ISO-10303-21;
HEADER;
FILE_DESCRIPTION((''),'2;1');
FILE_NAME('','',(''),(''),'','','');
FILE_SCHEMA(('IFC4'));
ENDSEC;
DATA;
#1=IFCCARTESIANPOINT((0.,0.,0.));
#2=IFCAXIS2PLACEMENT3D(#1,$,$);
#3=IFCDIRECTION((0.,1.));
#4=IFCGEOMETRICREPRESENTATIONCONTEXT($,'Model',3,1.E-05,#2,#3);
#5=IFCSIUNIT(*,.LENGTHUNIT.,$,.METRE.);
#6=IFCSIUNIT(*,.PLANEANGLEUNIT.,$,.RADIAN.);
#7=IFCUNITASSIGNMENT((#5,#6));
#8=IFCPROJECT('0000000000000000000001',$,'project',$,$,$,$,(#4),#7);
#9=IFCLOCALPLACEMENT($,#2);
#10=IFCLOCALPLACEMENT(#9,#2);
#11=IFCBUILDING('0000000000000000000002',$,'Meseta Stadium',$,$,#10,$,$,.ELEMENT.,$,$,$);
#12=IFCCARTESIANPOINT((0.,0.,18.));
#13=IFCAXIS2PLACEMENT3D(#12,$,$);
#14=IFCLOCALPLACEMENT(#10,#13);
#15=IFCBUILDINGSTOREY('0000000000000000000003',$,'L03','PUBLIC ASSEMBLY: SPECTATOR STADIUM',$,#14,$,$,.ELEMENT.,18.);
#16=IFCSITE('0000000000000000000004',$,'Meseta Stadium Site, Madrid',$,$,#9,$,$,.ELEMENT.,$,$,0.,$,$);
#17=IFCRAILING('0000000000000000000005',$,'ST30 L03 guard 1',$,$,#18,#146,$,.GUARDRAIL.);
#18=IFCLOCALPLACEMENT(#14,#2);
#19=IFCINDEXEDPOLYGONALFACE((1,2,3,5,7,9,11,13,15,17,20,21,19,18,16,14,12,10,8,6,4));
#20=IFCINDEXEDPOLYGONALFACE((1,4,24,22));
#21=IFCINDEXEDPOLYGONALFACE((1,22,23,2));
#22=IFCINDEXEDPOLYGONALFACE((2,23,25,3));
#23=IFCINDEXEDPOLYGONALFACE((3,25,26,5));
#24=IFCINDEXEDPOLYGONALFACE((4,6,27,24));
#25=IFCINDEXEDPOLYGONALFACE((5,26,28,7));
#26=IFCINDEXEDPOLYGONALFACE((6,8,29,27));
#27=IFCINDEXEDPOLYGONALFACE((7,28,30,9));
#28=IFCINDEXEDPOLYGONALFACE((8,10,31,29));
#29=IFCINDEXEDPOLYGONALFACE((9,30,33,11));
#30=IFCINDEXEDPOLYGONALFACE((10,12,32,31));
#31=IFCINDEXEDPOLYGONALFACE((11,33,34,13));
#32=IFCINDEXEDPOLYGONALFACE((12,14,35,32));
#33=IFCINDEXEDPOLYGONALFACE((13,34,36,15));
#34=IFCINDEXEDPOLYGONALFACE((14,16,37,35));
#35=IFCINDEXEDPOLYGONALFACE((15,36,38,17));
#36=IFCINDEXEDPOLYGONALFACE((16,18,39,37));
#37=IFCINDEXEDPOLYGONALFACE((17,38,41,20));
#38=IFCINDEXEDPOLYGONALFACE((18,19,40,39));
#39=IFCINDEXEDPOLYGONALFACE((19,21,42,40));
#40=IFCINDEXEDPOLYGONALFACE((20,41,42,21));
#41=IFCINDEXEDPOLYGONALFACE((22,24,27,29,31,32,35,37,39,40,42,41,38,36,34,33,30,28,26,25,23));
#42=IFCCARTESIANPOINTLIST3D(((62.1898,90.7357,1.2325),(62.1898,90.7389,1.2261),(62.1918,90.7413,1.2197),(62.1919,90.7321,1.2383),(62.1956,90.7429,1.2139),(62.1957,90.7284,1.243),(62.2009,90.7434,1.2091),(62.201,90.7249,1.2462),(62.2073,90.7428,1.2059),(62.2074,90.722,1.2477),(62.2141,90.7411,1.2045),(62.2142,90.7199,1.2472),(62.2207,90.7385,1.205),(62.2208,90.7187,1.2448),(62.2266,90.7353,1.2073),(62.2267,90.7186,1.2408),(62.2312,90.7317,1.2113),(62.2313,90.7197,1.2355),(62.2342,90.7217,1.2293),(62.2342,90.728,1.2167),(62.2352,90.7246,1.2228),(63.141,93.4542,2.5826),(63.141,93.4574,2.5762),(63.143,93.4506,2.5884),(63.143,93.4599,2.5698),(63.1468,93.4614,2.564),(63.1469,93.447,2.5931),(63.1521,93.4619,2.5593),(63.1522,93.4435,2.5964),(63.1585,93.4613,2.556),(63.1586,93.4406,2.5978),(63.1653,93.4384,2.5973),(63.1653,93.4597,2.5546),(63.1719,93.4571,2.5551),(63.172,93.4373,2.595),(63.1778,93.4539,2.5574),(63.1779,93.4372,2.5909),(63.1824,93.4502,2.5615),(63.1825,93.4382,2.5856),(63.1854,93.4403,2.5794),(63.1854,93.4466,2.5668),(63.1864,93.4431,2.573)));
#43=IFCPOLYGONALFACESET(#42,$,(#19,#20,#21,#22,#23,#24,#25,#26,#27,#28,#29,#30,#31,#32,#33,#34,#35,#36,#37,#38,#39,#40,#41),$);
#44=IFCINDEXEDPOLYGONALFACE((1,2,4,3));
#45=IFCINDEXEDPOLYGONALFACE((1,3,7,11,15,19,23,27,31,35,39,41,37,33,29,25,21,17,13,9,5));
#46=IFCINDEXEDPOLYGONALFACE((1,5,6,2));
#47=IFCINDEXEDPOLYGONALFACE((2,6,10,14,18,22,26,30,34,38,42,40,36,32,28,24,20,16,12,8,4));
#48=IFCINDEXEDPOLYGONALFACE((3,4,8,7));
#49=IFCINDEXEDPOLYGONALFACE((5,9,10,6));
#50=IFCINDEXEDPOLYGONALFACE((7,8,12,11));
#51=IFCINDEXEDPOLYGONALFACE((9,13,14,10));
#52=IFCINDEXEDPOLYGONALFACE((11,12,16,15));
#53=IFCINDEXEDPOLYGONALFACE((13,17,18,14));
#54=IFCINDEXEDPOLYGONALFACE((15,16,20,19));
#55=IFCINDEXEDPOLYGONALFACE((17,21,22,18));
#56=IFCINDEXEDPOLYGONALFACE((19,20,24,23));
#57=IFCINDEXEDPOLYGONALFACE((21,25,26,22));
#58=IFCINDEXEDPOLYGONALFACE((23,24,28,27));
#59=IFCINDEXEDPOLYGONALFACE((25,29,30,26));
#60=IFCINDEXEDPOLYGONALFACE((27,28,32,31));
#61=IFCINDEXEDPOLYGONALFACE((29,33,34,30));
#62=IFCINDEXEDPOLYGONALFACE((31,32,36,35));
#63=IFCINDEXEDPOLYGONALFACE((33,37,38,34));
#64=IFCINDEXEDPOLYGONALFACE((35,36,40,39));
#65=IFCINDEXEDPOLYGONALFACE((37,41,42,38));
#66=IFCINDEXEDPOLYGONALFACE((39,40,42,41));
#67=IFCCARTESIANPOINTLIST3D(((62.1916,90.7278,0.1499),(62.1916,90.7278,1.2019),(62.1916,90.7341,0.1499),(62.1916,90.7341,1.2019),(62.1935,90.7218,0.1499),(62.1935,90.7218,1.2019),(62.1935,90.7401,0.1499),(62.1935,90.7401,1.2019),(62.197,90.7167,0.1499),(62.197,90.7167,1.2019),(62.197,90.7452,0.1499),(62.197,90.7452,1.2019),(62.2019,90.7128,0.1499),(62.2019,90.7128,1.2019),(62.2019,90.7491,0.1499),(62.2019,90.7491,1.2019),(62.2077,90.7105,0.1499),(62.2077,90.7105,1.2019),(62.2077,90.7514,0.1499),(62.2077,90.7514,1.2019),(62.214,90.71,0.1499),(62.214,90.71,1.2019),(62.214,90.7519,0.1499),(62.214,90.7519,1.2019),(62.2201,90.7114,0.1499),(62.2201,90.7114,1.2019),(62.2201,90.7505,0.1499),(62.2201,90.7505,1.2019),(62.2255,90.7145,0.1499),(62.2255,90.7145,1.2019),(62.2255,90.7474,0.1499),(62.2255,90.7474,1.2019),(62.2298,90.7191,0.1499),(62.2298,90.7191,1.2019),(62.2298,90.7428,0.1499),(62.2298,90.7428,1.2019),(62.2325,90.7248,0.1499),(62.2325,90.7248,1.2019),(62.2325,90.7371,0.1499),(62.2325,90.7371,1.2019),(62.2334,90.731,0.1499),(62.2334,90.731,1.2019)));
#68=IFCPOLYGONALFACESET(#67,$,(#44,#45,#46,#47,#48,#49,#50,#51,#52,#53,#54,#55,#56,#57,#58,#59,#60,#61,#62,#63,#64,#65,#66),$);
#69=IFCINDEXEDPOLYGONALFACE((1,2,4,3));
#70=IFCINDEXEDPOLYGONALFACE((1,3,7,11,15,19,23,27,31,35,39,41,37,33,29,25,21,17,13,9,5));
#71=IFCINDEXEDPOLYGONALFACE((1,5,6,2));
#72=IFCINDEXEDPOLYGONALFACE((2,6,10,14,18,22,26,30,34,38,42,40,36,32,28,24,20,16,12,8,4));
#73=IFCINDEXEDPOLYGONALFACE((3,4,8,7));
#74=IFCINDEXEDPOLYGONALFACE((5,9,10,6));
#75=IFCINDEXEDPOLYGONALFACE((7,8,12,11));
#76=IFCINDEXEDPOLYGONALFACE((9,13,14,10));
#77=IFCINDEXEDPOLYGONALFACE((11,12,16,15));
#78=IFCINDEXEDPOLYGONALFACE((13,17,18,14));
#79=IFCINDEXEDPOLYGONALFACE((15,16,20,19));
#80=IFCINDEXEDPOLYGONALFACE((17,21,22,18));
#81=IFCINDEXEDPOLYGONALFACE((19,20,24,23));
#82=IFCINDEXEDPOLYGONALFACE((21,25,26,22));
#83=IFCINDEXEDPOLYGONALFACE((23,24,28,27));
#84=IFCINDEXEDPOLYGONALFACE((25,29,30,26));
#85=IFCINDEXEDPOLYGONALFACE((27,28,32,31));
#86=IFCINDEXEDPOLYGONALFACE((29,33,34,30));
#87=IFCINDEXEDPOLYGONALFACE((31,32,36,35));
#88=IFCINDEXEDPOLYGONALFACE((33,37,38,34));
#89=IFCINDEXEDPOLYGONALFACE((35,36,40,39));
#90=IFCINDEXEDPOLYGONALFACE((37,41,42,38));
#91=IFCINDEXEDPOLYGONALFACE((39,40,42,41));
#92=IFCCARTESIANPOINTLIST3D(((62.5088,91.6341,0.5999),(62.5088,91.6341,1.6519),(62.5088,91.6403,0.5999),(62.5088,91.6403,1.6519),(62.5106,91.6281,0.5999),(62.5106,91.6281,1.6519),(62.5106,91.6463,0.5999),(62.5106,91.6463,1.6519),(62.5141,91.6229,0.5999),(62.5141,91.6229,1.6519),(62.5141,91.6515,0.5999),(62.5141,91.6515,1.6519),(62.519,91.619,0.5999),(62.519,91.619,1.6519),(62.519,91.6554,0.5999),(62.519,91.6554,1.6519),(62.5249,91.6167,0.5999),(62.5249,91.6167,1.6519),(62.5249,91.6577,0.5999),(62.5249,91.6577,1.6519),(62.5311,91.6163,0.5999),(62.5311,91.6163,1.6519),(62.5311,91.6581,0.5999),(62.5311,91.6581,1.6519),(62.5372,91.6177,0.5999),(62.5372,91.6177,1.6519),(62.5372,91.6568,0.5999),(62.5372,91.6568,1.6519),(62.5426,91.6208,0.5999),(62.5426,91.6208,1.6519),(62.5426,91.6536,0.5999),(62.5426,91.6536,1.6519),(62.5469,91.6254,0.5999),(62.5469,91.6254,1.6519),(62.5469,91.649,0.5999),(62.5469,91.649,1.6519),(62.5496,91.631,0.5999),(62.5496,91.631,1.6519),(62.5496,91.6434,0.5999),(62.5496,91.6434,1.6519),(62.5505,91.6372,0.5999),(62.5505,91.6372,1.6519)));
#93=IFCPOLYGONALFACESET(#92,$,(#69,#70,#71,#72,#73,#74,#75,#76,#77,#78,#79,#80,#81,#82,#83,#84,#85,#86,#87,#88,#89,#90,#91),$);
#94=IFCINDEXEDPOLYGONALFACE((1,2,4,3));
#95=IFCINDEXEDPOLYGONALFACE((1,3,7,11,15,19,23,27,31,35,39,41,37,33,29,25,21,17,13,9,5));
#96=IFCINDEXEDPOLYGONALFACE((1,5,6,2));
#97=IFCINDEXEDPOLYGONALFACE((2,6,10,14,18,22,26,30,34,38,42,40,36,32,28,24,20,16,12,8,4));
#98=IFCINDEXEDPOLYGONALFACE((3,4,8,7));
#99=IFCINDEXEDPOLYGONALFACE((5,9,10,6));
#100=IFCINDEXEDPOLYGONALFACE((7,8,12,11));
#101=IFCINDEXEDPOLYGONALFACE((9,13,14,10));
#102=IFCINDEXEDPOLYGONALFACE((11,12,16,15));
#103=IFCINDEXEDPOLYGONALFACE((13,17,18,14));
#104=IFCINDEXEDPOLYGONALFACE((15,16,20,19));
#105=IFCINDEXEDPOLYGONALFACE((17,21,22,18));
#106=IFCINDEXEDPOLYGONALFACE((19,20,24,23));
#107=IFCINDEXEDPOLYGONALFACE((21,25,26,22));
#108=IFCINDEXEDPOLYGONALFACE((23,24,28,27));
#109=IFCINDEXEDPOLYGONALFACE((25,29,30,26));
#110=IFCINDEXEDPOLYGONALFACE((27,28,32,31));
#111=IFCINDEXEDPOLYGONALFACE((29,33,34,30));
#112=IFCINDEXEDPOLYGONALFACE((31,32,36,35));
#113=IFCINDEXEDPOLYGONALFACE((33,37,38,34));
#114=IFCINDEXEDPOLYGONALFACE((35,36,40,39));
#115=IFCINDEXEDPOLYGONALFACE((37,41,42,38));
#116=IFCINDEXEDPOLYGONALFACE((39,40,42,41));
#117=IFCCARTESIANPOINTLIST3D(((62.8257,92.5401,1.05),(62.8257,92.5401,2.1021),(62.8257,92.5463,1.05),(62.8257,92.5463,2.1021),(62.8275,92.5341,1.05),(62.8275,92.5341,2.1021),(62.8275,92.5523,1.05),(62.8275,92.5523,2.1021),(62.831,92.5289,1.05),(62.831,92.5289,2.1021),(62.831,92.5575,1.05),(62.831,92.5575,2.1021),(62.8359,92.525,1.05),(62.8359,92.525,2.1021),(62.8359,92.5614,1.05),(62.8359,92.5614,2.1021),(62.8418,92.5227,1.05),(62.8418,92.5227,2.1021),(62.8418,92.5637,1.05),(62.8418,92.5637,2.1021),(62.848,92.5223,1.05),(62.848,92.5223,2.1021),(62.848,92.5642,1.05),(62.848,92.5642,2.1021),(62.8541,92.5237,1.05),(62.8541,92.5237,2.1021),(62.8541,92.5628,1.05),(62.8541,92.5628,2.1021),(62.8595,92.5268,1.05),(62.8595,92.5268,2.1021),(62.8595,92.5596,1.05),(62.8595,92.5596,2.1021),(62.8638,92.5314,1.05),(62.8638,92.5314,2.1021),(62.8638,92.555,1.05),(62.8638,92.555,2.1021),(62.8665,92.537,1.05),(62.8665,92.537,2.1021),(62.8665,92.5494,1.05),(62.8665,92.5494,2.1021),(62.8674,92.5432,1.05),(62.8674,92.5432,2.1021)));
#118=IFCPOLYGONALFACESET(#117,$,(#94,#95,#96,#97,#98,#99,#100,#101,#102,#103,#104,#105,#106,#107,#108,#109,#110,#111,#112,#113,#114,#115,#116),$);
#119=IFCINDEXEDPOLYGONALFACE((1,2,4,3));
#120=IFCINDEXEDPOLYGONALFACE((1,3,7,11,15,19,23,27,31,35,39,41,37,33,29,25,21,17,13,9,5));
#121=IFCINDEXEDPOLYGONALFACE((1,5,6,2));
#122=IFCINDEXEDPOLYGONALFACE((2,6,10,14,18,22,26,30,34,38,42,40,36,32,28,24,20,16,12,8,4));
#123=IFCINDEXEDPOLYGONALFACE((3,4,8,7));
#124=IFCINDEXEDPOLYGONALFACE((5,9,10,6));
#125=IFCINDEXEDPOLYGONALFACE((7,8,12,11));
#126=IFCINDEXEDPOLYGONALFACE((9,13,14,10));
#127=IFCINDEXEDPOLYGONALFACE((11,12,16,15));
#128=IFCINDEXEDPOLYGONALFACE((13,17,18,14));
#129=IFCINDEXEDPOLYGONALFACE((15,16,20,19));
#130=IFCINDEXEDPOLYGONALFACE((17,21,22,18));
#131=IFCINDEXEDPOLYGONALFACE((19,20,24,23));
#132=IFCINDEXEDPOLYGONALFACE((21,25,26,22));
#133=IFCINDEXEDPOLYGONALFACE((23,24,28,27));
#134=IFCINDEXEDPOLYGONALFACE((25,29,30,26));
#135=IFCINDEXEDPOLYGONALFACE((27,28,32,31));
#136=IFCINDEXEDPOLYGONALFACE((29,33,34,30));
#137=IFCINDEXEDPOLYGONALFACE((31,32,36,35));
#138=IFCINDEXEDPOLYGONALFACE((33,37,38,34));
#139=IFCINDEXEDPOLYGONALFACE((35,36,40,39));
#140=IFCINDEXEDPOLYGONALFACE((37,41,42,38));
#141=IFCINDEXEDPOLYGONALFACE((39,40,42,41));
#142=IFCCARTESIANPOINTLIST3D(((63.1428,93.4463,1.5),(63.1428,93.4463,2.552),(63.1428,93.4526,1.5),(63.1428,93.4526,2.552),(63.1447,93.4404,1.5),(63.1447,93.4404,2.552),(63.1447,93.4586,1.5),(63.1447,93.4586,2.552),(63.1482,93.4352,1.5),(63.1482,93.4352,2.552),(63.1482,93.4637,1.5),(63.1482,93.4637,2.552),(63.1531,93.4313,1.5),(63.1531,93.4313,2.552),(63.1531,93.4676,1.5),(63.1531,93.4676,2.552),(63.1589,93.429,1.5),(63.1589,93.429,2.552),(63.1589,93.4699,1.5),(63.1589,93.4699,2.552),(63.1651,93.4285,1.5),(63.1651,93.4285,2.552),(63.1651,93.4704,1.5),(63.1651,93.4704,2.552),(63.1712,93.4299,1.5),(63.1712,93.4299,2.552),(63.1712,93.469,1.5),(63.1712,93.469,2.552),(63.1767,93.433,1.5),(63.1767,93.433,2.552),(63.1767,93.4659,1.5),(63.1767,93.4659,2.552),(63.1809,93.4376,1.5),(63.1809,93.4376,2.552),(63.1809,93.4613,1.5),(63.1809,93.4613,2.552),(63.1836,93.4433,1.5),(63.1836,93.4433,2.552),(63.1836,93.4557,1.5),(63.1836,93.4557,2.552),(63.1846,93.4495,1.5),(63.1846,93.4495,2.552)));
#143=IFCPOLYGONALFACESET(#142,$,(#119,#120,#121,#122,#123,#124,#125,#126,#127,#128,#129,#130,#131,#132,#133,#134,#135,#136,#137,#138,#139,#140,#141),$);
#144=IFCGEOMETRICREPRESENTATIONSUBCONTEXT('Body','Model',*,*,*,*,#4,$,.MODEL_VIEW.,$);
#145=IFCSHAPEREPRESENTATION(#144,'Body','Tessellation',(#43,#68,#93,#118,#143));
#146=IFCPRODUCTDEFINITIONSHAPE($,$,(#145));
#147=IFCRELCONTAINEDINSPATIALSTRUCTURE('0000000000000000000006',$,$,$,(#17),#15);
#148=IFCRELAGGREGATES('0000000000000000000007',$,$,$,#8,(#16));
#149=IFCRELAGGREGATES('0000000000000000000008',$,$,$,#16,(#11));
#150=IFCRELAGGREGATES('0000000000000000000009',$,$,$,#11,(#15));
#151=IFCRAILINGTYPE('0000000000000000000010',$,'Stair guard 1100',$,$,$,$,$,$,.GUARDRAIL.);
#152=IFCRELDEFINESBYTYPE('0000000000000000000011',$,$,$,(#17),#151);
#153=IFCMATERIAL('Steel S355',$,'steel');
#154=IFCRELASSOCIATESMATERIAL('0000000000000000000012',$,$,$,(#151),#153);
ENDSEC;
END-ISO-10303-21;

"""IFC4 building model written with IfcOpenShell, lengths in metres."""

from ifc_helpers import new_model, si_unit, direction, frame, origin, origin_2d, place, context, subcontext, project, spatial, circle, extrude, material, type_object, element, save


model = new_model("IFC4")

# Units and contexts
model_context = context("Model", 3, precision=1e-05, world=origin(), true_north=direction((0.0, 1.0)))
body_context = subcontext(model_context, "Body", "Model", "MODEL_VIEW")
ifc_project = project(units=[si_unit("LENGTHUNIT", "METRE"), si_unit("PLANEANGLEUNIT", "RADIAN")], contexts=[model_context])

# Site, building, storey
site_placement = place(None, origin())
site = spatial("IfcSite", under=ifc_project, at=site_placement, Name="Meseta Stadium Site, Madrid", CompositionType="ELEMENT", RefElevation=0.0)
building_placement = place(site_placement, origin())
building = spatial("IfcBuilding", under=site, at=building_placement, Name="Meseta Stadium", CompositionType="ELEMENT")
storey_placement = place(building_placement, frame((0.0, 0.0, 18.0)))
storey = spatial("IfcBuildingStorey", under=building, at=storey_placement, Name="L03", Description="PUBLIC ASSEMBLY: SPECTATOR STADIUM", CompositionType="ELEMENT", Elevation=18.0)

# Railing
ifc_material_1 = material(Name="Steel S355", Category="steel")
railing_type_1 = type_object("IfcRailingType", Name="Stair guard 1100", PredefinedType="GUARDRAIL", material=ifc_material_1)
railing_1_placement = place(storey_placement, frame((62.2124, 90.731, 0.1499)))
element("IfcRailing", 1, at=railing_1_placement, inside=storey, type_object=railing_type_1, Name="ST30 L03 guard 1", PredefinedType="GUARDRAIL", context=body_context, shape_type="SweptSolid", body=[
    extrude(circle(Radius=0.0239, at=origin_2d()), frame((0.0, 0.0, 1.0762), z_axis=(0.299031, 0.854649, 0.424446), x_axis=(-0.943891, 0.330256, 0.0)), (0.0, 0.0, 1.0), 3.1809),
    extrude(circle(Radius=0.021, at=origin_2d()), origin(), (0.0, 0.0, 1.0), 1.052),
    extrude(circle(Radius=0.021, at=origin_2d()), frame((0.3171, 0.9062, 0.45)), (0.0, 0.0, 1.0), 1.052),
    extrude(circle(Radius=0.021, at=origin_2d()), frame((0.634, 1.8123, 0.9001)), (0.0, 0.0, 1.0), 1.052),
    extrude(circle(Radius=0.021, at=origin_2d()), frame((0.9512, 2.7185, 1.3501)), (0.0, 0.0, 1.0), 1.052),
])

save(model, "model.ifc")
